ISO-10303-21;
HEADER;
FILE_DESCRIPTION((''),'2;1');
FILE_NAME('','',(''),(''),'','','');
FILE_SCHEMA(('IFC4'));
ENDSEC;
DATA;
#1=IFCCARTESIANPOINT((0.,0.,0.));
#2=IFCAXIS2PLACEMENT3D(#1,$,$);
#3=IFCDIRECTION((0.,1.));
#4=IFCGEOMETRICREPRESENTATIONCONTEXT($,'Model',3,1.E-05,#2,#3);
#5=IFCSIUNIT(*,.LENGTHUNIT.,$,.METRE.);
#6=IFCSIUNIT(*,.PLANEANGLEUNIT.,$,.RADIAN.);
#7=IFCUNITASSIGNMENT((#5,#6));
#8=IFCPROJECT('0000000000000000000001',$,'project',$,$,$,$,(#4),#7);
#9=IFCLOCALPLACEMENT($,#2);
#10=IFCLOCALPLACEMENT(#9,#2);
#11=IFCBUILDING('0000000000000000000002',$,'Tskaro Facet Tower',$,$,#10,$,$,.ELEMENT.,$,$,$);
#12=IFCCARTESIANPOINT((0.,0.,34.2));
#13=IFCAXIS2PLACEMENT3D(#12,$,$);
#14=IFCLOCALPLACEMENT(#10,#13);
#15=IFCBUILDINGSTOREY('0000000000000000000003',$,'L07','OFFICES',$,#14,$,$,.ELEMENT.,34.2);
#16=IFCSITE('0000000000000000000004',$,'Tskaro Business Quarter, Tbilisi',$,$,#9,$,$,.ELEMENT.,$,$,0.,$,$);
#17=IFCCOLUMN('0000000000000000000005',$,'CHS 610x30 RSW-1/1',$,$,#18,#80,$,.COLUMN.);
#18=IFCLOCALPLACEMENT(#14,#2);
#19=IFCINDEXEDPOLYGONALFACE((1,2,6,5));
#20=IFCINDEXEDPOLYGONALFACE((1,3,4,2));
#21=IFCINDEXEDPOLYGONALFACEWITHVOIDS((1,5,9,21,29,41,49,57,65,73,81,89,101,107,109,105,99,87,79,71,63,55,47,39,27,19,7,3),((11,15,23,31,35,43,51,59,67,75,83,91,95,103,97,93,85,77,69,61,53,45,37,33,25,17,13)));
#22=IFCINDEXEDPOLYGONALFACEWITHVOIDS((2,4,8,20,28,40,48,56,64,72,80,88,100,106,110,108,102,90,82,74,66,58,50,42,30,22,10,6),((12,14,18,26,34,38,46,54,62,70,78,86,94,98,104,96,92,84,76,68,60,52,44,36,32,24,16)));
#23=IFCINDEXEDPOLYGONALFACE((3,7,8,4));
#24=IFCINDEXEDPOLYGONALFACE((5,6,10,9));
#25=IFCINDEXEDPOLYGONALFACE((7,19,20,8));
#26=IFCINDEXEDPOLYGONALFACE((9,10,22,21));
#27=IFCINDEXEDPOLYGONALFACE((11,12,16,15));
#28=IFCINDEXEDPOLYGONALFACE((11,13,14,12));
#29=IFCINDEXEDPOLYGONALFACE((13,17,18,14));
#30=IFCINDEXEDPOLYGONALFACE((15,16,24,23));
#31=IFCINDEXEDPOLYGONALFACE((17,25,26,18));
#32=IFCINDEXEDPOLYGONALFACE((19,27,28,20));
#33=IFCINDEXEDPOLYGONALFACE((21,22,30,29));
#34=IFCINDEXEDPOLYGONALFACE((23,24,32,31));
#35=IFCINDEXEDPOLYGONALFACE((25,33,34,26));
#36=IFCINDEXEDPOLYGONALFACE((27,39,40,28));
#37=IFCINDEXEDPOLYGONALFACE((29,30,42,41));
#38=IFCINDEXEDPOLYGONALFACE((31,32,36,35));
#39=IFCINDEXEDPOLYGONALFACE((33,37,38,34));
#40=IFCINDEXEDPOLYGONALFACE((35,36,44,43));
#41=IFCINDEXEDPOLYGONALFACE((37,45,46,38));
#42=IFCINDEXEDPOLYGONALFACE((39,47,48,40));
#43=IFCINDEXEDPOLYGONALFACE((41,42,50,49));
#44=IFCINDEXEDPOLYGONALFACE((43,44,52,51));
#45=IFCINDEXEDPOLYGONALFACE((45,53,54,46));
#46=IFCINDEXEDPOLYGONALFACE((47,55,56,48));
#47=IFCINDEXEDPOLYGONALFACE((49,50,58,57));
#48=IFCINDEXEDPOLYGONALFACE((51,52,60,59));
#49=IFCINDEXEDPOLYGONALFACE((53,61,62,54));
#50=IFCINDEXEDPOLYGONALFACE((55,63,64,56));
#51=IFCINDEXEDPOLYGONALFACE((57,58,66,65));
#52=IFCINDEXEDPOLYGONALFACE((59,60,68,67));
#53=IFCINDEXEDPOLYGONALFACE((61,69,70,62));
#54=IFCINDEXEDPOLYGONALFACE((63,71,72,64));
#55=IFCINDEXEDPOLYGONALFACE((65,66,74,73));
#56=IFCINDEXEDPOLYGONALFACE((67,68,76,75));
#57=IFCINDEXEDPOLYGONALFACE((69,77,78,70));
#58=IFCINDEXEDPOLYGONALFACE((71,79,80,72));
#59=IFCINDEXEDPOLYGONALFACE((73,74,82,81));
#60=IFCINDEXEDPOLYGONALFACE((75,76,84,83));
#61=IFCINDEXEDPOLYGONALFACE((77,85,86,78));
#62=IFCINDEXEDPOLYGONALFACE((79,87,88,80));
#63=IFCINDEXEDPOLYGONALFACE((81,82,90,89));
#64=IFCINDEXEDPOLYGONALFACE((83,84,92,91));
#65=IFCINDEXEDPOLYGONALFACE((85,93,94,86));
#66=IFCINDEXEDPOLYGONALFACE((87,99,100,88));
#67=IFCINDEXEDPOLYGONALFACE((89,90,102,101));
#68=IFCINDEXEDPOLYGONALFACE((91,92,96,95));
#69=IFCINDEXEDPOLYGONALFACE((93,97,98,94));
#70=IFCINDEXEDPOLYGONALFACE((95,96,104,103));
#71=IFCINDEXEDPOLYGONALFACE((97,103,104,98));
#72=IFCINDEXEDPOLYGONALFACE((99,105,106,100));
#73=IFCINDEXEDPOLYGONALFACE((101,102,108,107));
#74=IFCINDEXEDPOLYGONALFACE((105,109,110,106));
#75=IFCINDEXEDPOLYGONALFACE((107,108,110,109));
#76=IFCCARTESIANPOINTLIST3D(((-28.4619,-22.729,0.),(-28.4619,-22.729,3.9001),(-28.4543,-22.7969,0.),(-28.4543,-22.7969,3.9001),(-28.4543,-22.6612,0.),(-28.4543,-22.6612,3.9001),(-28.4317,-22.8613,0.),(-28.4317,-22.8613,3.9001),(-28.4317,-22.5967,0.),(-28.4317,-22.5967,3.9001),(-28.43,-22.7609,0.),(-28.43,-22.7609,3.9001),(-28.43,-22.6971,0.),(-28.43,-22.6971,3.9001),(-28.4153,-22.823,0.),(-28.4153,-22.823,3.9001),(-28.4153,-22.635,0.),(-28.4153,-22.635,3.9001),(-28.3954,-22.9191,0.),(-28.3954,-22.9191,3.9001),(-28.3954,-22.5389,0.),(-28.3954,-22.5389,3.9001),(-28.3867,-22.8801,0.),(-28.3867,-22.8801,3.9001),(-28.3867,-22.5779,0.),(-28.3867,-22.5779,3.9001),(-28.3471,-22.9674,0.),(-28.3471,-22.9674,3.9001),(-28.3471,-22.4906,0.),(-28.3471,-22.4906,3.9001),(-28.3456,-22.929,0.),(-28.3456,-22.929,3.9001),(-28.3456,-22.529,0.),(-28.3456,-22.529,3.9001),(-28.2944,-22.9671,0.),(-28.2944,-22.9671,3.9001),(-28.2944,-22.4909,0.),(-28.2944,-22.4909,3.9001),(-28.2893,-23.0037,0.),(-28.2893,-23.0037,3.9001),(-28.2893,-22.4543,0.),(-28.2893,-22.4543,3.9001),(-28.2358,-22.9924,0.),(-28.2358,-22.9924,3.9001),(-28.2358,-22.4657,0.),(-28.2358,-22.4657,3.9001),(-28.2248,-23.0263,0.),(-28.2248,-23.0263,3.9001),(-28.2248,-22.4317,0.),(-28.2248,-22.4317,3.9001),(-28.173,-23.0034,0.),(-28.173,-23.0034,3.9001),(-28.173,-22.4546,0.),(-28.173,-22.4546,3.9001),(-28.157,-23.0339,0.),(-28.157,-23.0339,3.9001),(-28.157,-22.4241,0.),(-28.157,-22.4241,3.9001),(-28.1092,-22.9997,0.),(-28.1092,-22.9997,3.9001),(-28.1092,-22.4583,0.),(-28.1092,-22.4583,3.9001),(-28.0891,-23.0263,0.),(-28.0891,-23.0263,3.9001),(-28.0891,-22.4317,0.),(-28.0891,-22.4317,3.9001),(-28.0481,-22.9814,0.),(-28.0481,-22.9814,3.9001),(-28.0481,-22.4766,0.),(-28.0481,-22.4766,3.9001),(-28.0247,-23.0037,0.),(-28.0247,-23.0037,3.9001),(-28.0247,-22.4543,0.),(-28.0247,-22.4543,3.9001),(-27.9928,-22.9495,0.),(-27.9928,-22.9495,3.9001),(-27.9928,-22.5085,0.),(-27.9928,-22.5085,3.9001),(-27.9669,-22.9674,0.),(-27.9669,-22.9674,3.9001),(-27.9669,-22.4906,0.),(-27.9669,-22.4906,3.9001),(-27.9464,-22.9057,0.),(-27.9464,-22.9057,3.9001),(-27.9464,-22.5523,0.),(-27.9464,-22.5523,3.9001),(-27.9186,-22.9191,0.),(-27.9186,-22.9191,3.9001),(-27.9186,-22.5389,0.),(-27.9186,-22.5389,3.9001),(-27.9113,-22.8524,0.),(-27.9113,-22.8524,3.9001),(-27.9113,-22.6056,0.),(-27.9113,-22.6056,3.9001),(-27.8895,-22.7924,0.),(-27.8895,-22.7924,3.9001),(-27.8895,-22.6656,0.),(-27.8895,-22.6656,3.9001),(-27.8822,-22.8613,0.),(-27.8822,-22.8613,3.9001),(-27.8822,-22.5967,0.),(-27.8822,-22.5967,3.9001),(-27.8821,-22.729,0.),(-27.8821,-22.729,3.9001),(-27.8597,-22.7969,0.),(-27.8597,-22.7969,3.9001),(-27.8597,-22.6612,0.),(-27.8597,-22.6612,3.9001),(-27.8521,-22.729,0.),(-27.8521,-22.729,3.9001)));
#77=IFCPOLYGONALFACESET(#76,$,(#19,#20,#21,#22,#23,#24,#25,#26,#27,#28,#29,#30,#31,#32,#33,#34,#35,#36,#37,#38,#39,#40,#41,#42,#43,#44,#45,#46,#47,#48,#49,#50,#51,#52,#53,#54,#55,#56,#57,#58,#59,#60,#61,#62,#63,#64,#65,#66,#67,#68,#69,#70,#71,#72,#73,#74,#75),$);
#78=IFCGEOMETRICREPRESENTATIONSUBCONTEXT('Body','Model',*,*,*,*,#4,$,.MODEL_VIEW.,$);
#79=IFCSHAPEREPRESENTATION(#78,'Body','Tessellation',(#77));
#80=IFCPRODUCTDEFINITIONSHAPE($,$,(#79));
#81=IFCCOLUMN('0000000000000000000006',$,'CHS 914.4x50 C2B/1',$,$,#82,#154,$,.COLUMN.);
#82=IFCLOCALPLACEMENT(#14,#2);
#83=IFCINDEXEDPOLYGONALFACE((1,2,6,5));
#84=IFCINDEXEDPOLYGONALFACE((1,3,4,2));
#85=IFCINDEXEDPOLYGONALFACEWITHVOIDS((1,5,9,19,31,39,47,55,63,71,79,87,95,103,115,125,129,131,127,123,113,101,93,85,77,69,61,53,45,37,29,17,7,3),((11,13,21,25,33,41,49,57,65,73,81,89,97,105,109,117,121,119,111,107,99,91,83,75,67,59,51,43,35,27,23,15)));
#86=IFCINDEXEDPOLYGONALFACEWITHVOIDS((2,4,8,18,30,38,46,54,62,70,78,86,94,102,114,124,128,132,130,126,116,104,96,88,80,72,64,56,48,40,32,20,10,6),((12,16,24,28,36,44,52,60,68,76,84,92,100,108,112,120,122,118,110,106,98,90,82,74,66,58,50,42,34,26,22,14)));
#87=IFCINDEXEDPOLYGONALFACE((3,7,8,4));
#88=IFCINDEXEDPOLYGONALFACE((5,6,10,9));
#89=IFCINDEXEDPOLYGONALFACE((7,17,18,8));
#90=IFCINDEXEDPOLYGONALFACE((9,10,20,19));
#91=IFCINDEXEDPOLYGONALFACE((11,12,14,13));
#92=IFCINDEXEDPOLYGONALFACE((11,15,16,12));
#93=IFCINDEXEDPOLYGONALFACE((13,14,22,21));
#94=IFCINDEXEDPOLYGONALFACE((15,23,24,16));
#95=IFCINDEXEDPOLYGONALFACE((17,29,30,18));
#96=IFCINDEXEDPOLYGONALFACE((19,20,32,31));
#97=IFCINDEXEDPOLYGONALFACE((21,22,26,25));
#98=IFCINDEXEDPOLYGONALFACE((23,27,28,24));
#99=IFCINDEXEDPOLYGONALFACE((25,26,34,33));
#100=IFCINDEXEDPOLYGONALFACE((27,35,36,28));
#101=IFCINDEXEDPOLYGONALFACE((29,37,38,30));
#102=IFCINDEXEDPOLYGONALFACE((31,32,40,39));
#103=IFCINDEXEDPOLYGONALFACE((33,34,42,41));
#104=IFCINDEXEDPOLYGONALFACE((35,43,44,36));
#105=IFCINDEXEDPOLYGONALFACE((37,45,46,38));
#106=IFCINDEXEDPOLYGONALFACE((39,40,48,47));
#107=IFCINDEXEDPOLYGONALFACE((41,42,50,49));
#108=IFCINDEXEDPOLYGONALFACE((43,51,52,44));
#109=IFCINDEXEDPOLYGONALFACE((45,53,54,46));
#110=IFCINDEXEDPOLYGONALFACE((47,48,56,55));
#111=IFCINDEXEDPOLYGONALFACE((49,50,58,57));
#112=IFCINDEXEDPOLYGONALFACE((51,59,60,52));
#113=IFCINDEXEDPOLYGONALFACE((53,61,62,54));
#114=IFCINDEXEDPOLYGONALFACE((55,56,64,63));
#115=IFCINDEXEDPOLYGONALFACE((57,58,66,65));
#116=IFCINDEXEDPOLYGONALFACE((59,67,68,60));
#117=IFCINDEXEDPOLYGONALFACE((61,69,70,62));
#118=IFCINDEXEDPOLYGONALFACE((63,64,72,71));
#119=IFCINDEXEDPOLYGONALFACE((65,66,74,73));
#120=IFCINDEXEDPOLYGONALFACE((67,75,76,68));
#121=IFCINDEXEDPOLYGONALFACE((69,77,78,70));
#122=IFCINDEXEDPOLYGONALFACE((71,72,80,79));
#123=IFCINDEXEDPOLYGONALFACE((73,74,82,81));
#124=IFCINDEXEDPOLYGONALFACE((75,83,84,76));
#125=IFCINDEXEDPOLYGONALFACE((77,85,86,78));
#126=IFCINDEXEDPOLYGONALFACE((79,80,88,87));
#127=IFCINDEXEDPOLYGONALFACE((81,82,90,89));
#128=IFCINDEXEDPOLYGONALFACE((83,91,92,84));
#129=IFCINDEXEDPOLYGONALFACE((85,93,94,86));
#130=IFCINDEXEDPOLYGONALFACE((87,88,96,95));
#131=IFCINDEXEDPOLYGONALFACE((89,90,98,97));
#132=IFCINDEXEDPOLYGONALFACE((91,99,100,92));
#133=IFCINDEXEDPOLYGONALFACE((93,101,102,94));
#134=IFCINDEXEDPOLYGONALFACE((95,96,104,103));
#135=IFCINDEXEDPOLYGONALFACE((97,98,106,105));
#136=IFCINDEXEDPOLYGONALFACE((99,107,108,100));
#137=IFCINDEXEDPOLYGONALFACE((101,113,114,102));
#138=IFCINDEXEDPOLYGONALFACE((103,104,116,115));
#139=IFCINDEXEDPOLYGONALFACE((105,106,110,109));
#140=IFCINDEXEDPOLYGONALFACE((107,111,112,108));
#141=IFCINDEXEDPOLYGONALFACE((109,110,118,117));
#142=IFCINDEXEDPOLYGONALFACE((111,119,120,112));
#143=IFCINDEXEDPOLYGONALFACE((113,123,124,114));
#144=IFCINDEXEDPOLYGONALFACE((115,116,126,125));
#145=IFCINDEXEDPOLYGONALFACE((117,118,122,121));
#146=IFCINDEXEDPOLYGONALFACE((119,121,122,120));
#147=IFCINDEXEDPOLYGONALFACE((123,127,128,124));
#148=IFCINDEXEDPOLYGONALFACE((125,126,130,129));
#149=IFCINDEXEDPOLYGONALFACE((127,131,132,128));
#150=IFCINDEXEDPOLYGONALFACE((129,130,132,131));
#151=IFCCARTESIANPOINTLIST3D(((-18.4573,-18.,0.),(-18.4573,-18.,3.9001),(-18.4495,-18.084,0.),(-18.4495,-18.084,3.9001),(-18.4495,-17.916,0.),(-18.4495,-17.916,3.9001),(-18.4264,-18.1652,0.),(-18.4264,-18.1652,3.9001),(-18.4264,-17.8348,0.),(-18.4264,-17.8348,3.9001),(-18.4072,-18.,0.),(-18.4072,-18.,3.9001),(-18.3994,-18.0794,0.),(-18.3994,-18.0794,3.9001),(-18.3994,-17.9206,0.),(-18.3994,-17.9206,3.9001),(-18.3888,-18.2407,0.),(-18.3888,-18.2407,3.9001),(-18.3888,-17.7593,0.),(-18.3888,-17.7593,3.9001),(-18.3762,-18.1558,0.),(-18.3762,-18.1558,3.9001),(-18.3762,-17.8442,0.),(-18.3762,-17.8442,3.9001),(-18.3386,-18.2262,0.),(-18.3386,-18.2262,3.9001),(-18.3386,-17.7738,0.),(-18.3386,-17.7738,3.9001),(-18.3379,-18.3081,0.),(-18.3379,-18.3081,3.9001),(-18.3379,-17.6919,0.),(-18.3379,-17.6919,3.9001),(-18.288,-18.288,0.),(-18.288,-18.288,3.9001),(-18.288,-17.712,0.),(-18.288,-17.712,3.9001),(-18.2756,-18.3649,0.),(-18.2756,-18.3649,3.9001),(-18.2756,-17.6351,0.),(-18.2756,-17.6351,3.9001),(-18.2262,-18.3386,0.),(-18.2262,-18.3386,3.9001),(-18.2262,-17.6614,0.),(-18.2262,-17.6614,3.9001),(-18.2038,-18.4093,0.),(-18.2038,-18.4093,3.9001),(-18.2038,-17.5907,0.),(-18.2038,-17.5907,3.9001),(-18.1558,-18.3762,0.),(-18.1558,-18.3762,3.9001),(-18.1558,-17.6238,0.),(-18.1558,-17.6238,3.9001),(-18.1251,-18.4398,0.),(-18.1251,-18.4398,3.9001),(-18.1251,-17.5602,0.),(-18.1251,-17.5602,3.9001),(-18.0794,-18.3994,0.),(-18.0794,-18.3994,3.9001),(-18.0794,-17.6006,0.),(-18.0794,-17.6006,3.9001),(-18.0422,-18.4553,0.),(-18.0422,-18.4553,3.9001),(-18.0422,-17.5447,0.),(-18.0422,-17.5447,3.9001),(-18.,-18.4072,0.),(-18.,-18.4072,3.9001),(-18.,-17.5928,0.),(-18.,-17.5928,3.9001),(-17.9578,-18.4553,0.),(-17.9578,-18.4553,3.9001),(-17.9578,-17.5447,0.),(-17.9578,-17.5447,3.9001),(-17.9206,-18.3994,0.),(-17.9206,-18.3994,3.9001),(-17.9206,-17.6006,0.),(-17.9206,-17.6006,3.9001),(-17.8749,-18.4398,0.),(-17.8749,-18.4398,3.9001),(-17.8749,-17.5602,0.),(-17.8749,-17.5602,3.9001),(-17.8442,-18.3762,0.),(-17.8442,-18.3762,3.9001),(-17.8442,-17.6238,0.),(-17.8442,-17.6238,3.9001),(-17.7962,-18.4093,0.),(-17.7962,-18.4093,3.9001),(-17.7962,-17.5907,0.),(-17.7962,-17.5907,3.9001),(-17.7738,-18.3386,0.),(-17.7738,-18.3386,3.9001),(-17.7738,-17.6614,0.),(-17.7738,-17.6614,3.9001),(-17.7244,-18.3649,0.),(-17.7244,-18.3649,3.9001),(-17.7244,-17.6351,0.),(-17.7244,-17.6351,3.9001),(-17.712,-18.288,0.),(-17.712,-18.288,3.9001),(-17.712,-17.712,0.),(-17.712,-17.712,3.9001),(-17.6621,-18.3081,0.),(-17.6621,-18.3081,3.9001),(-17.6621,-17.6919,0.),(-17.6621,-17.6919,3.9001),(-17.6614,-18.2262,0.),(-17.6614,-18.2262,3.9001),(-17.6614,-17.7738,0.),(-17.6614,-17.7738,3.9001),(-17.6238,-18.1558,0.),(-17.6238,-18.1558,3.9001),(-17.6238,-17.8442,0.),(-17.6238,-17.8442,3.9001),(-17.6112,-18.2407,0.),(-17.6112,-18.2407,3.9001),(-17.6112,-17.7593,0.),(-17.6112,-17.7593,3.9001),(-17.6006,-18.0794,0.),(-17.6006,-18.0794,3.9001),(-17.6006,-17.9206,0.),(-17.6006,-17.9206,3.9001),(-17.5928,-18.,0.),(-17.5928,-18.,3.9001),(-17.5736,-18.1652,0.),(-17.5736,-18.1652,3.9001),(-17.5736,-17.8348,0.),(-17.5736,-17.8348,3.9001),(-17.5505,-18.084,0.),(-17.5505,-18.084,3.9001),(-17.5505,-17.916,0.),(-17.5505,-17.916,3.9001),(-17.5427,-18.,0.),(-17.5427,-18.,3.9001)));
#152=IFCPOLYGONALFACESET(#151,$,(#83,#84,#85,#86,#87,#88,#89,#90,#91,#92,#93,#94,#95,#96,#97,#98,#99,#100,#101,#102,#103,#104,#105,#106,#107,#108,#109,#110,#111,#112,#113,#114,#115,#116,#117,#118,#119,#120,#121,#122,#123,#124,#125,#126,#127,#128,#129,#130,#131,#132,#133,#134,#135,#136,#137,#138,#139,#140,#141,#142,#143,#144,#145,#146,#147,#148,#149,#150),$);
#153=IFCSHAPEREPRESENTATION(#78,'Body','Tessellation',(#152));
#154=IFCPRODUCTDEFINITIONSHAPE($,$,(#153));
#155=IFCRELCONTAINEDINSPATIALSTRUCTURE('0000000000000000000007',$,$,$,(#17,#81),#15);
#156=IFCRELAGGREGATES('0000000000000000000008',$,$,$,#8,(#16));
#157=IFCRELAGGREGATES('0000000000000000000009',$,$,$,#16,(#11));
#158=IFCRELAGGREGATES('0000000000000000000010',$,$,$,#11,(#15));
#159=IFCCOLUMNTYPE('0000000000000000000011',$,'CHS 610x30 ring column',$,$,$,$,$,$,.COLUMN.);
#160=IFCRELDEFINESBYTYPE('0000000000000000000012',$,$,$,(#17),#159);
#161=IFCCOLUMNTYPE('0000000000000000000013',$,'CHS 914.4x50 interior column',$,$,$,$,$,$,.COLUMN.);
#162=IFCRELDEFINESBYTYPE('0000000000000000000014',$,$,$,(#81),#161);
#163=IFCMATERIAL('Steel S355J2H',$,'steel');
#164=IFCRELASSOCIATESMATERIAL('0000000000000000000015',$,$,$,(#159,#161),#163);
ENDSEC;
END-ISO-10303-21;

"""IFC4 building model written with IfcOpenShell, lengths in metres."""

from ifc_helpers import new_model, si_unit, direction, frame, origin, origin_2d, place, context, subcontext, project, spatial, hollow_circle, extrude, material, material_profile, profile_set, type_object, element, save


model = new_model("IFC4")

# Units and contexts
model_context = context("Model", 3, precision=1e-05, world=origin(), true_north=direction((0.0, 1.0)))
body_context = subcontext(model_context, "Body", "Model", "MODEL_VIEW")
ifc_project = project(units=[si_unit("LENGTHUNIT", "METRE"), si_unit("PLANEANGLEUNIT", "RADIAN")], contexts=[model_context])

# Site, building, storey
site_placement = place(None, origin())
site = spatial("IfcSite", under=ifc_project, at=site_placement, Name="Tskaro Business Quarter, Tbilisi", CompositionType="ELEMENT", RefElevation=0.0)
building_placement = place(site_placement, origin())
building = spatial("IfcBuilding", under=site, at=building_placement, Name="Tskaro Facet Tower", CompositionType="ELEMENT")
storey_placement = place(building_placement, frame((0.0, 0.0, 34.2)))
storey = spatial("IfcBuildingStorey", under=building, at=storey_placement, Name="L07", Description="OFFICES", CompositionType="ELEMENT", Elevation=34.2)

# Columns
ifc_material_1 = material(Name="Steel S355J2H", Category="steel")
ifc_material_profile_1 = material_profile(ifc_material_1, hollow_circle(Radius=0.3049, WallThickness=0.03, at=origin_2d()), Name="CHS 610x30")
ifc_profile_set_1 = profile_set([ifc_material_profile_1], Name="Steel S355J2H")
column_type_1 = type_object("IfcColumnType", Name="CHS 610x30 ring column", PredefinedType="COLUMN", material=ifc_profile_set_1)
for number, where, z_axis, x_axis, name in (
    (1, (-28.157, -22.729, 0.0), (0.0, 0.0, 1.0), (1.0, 0.0, 0.0), "CHS 610x30 RSW-1/1"),
):
    element("IfcColumn", number, at=place(storey_placement, frame(where, z_axis=z_axis, x_axis=x_axis)), inside=storey, type_object=column_type_1, Name=name, PredefinedType="COLUMN", context=body_context, shape_type="SweptSolid", body=[
        extrude(hollow_circle(Radius=0.3049, WallThickness=0.03, at=origin_2d()), origin(), (0.0, 0.0, 1.0), 3.9001),
    ])
ifc_material_profile_2 = material_profile(ifc_material_1, hollow_circle(Radius=0.4573, WallThickness=0.05, at=origin_2d()), Name="CHS 914.4x50")
ifc_profile_set_2 = profile_set([ifc_material_profile_2], Name="Steel S355J2H")
column_type_2 = type_object("IfcColumnType", Name="CHS 914.4x50 interior column", PredefinedType="COLUMN", material=ifc_profile_set_2)
column_placement = place(storey_placement, frame((-18.0, -18.0, 0.0), z_axis=(0.0, 0.0, 1.0), x_axis=(1.0, 0.0, 0.0)))
element("IfcColumn", 2, at=column_placement, inside=storey, type_object=column_type_2, Name="CHS 914.4x50 C2B/1", PredefinedType="COLUMN", context=body_context, shape_type="SweptSolid", body=[
    extrude(hollow_circle(Radius=0.4573, WallThickness=0.05, at=origin_2d()), origin(), (0.0, 0.0, 1.0), 3.9001),
])

save(model, "model.ifc")
